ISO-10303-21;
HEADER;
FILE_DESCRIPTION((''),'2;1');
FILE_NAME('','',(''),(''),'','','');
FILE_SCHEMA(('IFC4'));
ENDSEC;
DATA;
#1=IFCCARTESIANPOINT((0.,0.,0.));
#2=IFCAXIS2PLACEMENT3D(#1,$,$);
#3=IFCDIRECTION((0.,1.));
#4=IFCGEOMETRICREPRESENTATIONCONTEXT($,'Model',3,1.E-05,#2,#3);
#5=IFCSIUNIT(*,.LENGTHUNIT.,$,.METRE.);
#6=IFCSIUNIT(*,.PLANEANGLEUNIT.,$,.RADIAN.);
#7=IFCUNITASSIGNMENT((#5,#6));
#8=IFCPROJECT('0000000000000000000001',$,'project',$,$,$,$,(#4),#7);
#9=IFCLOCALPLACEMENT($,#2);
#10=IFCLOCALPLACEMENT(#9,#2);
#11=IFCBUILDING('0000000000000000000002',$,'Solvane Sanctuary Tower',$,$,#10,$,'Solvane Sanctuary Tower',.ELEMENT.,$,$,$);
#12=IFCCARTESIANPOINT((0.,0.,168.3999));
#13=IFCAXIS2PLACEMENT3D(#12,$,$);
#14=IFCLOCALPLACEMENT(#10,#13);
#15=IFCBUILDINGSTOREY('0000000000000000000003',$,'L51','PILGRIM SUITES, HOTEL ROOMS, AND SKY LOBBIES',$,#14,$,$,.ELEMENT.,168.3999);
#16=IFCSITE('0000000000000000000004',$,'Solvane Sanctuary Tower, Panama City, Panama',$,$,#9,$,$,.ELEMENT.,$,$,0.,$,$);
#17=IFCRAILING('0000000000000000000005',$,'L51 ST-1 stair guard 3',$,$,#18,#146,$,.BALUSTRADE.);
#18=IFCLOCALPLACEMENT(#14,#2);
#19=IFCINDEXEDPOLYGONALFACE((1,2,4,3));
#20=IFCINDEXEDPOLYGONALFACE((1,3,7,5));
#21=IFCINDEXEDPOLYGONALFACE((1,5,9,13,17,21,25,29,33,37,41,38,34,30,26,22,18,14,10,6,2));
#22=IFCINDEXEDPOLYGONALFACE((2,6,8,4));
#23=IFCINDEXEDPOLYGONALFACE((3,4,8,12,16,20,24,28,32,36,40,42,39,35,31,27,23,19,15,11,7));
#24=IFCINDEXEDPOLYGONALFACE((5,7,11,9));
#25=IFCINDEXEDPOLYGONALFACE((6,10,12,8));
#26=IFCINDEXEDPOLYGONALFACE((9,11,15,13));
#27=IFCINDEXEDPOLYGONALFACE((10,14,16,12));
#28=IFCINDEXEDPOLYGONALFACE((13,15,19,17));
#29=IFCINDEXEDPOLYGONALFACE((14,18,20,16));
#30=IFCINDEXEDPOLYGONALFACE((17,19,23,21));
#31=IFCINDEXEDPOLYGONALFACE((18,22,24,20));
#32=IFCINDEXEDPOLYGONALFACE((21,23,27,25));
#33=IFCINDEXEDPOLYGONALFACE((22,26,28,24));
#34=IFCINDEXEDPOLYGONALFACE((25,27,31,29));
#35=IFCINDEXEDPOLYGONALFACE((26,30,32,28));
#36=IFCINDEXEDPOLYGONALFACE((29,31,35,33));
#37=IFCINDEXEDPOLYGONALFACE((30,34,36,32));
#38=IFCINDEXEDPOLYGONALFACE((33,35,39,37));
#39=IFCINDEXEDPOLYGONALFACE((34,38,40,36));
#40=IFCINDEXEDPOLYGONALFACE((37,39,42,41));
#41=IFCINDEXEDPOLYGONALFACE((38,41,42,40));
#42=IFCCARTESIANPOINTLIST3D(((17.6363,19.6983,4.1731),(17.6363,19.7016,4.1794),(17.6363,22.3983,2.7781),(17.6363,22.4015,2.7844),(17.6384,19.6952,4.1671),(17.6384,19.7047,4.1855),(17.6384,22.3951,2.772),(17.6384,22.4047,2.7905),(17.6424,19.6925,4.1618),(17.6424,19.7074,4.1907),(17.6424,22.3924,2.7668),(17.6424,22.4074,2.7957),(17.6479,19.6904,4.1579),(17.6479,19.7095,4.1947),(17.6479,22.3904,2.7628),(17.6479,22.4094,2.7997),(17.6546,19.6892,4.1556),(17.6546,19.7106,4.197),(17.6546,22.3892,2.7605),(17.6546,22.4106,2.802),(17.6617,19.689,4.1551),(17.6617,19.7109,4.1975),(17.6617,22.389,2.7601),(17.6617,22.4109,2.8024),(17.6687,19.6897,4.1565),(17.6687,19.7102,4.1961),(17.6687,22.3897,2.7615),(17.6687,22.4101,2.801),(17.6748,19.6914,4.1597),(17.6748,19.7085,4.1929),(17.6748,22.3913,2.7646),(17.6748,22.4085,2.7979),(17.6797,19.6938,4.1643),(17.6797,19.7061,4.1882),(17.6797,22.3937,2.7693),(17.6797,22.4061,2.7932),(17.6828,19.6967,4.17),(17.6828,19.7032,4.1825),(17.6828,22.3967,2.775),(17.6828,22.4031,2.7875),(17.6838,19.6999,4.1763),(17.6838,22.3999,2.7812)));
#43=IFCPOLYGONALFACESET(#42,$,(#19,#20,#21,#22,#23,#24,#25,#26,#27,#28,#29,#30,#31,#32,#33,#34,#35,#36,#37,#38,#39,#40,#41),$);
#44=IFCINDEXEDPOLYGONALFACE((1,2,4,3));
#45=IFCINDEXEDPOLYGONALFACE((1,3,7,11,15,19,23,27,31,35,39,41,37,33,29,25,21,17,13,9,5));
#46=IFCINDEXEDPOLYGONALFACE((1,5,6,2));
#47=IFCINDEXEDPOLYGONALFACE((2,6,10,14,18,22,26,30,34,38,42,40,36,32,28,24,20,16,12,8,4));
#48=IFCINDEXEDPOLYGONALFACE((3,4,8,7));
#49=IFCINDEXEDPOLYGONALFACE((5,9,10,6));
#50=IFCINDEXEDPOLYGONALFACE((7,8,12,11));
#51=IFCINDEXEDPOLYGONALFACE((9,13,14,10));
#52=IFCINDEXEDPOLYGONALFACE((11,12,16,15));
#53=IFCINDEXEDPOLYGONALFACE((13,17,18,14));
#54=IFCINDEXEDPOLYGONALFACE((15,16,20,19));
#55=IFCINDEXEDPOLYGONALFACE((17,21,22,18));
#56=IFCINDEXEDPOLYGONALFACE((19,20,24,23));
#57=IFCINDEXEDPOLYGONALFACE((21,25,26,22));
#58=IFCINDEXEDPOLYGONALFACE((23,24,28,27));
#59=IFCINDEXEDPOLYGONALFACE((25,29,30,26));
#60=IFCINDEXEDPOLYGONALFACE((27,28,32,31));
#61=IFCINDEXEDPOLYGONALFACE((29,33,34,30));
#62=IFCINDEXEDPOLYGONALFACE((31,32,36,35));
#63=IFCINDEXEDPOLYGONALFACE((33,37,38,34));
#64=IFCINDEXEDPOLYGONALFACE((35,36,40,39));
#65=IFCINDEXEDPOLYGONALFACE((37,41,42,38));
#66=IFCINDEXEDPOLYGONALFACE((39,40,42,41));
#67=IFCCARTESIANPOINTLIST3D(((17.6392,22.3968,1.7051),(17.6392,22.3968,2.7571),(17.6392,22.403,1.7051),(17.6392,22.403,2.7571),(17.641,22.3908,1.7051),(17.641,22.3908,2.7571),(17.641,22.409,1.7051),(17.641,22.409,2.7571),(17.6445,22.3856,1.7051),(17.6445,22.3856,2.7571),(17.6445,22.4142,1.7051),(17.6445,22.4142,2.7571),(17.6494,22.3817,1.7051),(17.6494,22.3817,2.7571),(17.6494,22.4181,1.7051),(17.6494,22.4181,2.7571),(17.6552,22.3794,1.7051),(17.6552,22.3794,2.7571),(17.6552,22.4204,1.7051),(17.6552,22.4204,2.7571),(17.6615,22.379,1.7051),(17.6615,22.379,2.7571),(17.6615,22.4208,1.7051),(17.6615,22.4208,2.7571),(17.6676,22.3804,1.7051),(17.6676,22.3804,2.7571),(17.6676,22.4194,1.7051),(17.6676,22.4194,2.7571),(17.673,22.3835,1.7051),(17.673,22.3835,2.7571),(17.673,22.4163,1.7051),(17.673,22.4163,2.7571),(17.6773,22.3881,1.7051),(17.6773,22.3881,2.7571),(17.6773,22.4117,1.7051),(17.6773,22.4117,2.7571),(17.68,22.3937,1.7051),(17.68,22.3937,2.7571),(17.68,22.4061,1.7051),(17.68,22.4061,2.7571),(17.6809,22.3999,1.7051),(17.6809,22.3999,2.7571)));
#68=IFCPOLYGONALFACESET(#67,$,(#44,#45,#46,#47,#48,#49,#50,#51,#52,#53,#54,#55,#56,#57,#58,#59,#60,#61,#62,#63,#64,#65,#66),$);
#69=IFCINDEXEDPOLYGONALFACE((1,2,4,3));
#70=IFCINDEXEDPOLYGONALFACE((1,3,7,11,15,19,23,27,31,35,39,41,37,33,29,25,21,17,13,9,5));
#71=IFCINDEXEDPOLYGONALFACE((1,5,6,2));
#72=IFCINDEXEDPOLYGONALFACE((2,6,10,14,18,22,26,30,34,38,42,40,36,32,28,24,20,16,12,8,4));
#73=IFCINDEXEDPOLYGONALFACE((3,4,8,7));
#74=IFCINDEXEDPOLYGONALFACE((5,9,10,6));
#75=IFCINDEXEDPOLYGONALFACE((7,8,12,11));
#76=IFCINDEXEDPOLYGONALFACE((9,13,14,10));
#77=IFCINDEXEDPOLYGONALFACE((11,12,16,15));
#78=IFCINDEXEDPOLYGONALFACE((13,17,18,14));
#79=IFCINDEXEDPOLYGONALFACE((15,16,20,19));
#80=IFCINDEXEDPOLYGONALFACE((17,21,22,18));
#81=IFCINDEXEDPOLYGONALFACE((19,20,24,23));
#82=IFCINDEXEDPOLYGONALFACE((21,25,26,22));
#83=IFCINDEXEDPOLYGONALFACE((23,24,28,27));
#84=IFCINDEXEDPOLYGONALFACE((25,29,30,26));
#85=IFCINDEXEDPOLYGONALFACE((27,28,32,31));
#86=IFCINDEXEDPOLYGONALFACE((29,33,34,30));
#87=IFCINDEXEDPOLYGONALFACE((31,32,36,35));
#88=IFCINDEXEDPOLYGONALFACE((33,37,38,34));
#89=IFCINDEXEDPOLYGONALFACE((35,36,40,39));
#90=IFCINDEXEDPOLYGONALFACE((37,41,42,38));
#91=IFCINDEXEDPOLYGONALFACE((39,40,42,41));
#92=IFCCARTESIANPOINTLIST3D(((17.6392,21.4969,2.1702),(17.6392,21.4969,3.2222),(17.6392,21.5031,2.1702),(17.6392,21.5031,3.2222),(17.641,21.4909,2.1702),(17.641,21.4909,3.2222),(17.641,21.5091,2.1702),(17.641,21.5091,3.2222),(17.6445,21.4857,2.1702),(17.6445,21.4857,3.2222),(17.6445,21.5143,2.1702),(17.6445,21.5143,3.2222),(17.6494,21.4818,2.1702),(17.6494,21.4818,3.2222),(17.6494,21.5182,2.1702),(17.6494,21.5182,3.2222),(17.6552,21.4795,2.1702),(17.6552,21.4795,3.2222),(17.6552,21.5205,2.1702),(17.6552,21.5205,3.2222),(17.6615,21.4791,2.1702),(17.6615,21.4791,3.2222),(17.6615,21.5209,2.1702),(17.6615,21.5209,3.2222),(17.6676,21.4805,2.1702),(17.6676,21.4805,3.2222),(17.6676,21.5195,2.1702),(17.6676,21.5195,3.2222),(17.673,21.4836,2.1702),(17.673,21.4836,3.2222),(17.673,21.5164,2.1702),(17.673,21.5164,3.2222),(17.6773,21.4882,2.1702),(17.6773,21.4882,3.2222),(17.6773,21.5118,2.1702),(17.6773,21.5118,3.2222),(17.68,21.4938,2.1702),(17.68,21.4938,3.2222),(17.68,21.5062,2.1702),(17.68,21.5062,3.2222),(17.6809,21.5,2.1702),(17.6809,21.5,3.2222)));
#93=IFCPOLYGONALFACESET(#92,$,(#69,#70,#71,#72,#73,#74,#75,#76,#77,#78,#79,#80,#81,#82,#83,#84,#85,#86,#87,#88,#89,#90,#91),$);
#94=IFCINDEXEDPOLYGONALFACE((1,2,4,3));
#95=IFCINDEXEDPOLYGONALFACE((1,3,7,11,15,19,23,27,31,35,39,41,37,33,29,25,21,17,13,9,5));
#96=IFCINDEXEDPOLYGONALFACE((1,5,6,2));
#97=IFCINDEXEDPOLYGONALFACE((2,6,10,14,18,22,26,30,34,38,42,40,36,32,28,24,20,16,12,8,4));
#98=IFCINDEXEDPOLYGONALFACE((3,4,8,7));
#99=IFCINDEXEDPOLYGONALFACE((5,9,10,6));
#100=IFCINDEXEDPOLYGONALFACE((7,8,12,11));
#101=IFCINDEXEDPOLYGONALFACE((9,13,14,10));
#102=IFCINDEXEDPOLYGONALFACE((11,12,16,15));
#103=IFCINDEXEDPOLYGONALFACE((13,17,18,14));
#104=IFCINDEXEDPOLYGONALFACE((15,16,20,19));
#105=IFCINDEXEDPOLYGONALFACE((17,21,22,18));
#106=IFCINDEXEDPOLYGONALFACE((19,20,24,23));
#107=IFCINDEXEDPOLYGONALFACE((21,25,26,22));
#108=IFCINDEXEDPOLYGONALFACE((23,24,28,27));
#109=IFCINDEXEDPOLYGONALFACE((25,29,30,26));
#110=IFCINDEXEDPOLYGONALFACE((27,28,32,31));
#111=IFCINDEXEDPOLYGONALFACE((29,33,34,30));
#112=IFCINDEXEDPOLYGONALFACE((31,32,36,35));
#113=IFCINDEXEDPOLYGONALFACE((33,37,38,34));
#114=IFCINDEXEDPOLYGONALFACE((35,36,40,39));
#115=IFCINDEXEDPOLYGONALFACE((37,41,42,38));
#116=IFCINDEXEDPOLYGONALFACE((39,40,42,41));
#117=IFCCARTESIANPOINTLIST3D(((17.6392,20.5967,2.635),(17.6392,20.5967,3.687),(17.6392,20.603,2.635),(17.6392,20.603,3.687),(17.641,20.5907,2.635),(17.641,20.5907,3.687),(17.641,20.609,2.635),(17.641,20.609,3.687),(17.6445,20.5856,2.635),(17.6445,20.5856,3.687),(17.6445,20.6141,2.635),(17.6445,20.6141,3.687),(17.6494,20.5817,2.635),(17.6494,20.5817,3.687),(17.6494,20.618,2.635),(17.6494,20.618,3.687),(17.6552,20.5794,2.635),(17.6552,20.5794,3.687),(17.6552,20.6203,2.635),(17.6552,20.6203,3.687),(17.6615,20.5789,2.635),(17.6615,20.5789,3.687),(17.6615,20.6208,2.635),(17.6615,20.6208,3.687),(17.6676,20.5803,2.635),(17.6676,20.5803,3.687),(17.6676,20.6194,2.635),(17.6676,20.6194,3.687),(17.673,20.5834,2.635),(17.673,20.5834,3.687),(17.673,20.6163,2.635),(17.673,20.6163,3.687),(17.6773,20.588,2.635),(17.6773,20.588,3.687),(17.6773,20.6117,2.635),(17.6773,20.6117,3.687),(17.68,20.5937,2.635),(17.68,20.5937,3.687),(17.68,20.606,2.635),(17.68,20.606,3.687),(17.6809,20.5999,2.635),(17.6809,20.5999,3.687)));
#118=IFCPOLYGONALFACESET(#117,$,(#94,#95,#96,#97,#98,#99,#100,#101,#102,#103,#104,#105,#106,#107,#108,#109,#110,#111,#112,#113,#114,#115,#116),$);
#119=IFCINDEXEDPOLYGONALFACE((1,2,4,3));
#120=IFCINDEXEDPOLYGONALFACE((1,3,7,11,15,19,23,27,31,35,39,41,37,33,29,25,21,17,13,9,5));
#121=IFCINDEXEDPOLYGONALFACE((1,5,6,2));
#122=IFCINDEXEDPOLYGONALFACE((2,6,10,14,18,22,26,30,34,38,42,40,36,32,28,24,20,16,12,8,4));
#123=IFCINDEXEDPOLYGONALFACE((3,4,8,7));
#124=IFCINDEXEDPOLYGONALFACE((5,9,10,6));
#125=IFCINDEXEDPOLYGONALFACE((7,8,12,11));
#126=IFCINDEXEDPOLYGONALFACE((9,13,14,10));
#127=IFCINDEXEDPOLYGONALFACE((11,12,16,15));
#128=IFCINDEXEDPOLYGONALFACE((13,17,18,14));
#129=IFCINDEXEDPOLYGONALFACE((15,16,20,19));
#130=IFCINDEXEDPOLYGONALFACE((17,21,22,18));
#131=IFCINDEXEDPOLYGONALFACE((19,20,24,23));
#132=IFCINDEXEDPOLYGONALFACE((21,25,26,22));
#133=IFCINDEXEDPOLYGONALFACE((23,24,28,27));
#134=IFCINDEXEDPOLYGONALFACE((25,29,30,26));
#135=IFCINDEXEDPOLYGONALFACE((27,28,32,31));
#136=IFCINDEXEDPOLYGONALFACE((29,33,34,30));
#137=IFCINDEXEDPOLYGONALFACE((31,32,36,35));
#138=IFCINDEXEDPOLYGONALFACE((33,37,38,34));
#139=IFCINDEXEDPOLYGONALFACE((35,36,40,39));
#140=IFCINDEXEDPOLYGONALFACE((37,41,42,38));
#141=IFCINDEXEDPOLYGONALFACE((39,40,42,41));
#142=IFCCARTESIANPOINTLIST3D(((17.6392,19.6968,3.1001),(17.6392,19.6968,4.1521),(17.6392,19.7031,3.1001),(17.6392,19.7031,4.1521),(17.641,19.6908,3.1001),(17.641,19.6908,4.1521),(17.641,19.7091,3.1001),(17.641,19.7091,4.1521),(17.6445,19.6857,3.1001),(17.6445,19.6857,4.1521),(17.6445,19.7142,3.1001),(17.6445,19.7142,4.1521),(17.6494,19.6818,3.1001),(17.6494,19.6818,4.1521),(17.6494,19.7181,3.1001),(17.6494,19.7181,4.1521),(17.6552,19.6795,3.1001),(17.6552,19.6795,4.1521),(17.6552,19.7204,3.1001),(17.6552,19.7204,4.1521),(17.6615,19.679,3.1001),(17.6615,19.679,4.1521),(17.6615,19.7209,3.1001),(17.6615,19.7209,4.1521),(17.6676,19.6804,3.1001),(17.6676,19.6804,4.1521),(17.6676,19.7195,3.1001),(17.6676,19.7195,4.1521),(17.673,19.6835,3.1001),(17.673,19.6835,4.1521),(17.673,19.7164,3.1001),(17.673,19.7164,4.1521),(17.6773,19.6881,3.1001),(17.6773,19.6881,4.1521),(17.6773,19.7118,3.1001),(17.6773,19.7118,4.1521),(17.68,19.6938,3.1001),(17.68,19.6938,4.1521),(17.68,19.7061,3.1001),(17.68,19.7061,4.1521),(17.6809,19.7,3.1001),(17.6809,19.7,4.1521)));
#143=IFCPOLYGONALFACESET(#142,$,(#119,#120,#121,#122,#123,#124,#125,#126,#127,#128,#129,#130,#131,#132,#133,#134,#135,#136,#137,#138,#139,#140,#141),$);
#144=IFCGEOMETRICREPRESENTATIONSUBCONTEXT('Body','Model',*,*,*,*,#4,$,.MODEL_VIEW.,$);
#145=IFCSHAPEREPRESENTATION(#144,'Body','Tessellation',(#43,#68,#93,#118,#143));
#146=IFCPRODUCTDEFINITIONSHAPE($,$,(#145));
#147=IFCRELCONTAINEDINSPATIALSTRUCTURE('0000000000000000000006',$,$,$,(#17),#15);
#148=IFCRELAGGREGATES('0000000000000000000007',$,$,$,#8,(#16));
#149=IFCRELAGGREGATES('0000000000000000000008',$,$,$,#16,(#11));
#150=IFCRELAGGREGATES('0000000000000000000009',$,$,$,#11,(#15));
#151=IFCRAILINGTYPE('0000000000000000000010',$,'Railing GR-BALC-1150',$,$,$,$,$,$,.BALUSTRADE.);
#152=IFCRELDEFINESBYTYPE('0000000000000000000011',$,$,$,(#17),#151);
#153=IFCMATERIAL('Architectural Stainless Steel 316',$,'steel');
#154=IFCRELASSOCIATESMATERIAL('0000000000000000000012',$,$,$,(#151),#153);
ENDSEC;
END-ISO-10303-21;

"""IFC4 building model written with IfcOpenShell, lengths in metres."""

from ifc_helpers import new_model, si_unit, direction, frame, origin, origin_2d, place, context, subcontext, project, spatial, circle, extrude, material, type_object, element, save


model = new_model("IFC4")

# Units and contexts
model_context = context("Model", 3, precision=1e-05, world=origin(), true_north=direction((0.0, 1.0)))
body_context = subcontext(model_context, "Body", "Model", "MODEL_VIEW")
ifc_project = project(units=[si_unit("LENGTHUNIT", "METRE"), si_unit("PLANEANGLEUNIT", "RADIAN")], contexts=[model_context])

# Site, building, storey
site_placement = place(None, origin())
site = spatial("IfcSite", under=ifc_project, at=site_placement, Name="Solvane Sanctuary Tower, Panama City, Panama", CompositionType="ELEMENT", RefElevation=0.0)
building_placement = place(site_placement, origin())
building = spatial("IfcBuilding", under=site, at=building_placement, Name="Solvane Sanctuary Tower", LongName="Solvane Sanctuary Tower", CompositionType="ELEMENT")
storey_placement = place(building_placement, frame((0.0, 0.0, 168.3999)))
storey = spatial("IfcBuildingStorey", under=building, at=storey_placement, Name="L51", Description="PILGRIM SUITES, HOTEL ROOMS, AND SKY LOBBIES", CompositionType="ELEMENT", Elevation=168.3999)

# Shared definitions
ifc_material_1 = material(Name="Architectural Stainless Steel 316", Category="steel")

# Railing
railing_type_1 = type_object("IfcRailingType", Name="Railing GR-BALC-1150", PredefinedType="BALUSTRADE", material=ifc_material_1)
railing_1_placement = place(storey_placement, frame((17.6599, 22.3999, 1.7051)))
element("IfcRailing", 1, at=railing_1_placement, inside=storey, type_object=railing_type_1, Name="L51 ST-1 stair guard 3", PredefinedType="BALUSTRADE", context=body_context, shape_type="SweptSolid", body=[
    extrude(circle(Radius=0.0239, at=origin_2d()), frame((0.0, 0.0, 1.0762), z_axis=(0.0, -0.88842, 0.459032), x_axis=(1.0, 0.0, 0.0)), (0.0, 0.0, 1.0), 3.0391),
    extrude(circle(Radius=0.021, at=origin_2d()), origin(), (0.0, 0.0, 1.0), 1.052),
    extrude(circle(Radius=0.021, at=origin_2d()), frame((0.0, -0.8999, 0.4651)), (0.0, 0.0, 1.0), 1.052),
    extrude(circle(Radius=0.021, at=origin_2d()), frame((0.0, -1.8, 0.9299)), (0.0, 0.0, 1.0), 1.052),
    extrude(circle(Radius=0.021, at=origin_2d()), frame((0.0, -2.7, 1.395)), (0.0, 0.0, 1.0), 1.052),
])

save(model, "model.ifc")
